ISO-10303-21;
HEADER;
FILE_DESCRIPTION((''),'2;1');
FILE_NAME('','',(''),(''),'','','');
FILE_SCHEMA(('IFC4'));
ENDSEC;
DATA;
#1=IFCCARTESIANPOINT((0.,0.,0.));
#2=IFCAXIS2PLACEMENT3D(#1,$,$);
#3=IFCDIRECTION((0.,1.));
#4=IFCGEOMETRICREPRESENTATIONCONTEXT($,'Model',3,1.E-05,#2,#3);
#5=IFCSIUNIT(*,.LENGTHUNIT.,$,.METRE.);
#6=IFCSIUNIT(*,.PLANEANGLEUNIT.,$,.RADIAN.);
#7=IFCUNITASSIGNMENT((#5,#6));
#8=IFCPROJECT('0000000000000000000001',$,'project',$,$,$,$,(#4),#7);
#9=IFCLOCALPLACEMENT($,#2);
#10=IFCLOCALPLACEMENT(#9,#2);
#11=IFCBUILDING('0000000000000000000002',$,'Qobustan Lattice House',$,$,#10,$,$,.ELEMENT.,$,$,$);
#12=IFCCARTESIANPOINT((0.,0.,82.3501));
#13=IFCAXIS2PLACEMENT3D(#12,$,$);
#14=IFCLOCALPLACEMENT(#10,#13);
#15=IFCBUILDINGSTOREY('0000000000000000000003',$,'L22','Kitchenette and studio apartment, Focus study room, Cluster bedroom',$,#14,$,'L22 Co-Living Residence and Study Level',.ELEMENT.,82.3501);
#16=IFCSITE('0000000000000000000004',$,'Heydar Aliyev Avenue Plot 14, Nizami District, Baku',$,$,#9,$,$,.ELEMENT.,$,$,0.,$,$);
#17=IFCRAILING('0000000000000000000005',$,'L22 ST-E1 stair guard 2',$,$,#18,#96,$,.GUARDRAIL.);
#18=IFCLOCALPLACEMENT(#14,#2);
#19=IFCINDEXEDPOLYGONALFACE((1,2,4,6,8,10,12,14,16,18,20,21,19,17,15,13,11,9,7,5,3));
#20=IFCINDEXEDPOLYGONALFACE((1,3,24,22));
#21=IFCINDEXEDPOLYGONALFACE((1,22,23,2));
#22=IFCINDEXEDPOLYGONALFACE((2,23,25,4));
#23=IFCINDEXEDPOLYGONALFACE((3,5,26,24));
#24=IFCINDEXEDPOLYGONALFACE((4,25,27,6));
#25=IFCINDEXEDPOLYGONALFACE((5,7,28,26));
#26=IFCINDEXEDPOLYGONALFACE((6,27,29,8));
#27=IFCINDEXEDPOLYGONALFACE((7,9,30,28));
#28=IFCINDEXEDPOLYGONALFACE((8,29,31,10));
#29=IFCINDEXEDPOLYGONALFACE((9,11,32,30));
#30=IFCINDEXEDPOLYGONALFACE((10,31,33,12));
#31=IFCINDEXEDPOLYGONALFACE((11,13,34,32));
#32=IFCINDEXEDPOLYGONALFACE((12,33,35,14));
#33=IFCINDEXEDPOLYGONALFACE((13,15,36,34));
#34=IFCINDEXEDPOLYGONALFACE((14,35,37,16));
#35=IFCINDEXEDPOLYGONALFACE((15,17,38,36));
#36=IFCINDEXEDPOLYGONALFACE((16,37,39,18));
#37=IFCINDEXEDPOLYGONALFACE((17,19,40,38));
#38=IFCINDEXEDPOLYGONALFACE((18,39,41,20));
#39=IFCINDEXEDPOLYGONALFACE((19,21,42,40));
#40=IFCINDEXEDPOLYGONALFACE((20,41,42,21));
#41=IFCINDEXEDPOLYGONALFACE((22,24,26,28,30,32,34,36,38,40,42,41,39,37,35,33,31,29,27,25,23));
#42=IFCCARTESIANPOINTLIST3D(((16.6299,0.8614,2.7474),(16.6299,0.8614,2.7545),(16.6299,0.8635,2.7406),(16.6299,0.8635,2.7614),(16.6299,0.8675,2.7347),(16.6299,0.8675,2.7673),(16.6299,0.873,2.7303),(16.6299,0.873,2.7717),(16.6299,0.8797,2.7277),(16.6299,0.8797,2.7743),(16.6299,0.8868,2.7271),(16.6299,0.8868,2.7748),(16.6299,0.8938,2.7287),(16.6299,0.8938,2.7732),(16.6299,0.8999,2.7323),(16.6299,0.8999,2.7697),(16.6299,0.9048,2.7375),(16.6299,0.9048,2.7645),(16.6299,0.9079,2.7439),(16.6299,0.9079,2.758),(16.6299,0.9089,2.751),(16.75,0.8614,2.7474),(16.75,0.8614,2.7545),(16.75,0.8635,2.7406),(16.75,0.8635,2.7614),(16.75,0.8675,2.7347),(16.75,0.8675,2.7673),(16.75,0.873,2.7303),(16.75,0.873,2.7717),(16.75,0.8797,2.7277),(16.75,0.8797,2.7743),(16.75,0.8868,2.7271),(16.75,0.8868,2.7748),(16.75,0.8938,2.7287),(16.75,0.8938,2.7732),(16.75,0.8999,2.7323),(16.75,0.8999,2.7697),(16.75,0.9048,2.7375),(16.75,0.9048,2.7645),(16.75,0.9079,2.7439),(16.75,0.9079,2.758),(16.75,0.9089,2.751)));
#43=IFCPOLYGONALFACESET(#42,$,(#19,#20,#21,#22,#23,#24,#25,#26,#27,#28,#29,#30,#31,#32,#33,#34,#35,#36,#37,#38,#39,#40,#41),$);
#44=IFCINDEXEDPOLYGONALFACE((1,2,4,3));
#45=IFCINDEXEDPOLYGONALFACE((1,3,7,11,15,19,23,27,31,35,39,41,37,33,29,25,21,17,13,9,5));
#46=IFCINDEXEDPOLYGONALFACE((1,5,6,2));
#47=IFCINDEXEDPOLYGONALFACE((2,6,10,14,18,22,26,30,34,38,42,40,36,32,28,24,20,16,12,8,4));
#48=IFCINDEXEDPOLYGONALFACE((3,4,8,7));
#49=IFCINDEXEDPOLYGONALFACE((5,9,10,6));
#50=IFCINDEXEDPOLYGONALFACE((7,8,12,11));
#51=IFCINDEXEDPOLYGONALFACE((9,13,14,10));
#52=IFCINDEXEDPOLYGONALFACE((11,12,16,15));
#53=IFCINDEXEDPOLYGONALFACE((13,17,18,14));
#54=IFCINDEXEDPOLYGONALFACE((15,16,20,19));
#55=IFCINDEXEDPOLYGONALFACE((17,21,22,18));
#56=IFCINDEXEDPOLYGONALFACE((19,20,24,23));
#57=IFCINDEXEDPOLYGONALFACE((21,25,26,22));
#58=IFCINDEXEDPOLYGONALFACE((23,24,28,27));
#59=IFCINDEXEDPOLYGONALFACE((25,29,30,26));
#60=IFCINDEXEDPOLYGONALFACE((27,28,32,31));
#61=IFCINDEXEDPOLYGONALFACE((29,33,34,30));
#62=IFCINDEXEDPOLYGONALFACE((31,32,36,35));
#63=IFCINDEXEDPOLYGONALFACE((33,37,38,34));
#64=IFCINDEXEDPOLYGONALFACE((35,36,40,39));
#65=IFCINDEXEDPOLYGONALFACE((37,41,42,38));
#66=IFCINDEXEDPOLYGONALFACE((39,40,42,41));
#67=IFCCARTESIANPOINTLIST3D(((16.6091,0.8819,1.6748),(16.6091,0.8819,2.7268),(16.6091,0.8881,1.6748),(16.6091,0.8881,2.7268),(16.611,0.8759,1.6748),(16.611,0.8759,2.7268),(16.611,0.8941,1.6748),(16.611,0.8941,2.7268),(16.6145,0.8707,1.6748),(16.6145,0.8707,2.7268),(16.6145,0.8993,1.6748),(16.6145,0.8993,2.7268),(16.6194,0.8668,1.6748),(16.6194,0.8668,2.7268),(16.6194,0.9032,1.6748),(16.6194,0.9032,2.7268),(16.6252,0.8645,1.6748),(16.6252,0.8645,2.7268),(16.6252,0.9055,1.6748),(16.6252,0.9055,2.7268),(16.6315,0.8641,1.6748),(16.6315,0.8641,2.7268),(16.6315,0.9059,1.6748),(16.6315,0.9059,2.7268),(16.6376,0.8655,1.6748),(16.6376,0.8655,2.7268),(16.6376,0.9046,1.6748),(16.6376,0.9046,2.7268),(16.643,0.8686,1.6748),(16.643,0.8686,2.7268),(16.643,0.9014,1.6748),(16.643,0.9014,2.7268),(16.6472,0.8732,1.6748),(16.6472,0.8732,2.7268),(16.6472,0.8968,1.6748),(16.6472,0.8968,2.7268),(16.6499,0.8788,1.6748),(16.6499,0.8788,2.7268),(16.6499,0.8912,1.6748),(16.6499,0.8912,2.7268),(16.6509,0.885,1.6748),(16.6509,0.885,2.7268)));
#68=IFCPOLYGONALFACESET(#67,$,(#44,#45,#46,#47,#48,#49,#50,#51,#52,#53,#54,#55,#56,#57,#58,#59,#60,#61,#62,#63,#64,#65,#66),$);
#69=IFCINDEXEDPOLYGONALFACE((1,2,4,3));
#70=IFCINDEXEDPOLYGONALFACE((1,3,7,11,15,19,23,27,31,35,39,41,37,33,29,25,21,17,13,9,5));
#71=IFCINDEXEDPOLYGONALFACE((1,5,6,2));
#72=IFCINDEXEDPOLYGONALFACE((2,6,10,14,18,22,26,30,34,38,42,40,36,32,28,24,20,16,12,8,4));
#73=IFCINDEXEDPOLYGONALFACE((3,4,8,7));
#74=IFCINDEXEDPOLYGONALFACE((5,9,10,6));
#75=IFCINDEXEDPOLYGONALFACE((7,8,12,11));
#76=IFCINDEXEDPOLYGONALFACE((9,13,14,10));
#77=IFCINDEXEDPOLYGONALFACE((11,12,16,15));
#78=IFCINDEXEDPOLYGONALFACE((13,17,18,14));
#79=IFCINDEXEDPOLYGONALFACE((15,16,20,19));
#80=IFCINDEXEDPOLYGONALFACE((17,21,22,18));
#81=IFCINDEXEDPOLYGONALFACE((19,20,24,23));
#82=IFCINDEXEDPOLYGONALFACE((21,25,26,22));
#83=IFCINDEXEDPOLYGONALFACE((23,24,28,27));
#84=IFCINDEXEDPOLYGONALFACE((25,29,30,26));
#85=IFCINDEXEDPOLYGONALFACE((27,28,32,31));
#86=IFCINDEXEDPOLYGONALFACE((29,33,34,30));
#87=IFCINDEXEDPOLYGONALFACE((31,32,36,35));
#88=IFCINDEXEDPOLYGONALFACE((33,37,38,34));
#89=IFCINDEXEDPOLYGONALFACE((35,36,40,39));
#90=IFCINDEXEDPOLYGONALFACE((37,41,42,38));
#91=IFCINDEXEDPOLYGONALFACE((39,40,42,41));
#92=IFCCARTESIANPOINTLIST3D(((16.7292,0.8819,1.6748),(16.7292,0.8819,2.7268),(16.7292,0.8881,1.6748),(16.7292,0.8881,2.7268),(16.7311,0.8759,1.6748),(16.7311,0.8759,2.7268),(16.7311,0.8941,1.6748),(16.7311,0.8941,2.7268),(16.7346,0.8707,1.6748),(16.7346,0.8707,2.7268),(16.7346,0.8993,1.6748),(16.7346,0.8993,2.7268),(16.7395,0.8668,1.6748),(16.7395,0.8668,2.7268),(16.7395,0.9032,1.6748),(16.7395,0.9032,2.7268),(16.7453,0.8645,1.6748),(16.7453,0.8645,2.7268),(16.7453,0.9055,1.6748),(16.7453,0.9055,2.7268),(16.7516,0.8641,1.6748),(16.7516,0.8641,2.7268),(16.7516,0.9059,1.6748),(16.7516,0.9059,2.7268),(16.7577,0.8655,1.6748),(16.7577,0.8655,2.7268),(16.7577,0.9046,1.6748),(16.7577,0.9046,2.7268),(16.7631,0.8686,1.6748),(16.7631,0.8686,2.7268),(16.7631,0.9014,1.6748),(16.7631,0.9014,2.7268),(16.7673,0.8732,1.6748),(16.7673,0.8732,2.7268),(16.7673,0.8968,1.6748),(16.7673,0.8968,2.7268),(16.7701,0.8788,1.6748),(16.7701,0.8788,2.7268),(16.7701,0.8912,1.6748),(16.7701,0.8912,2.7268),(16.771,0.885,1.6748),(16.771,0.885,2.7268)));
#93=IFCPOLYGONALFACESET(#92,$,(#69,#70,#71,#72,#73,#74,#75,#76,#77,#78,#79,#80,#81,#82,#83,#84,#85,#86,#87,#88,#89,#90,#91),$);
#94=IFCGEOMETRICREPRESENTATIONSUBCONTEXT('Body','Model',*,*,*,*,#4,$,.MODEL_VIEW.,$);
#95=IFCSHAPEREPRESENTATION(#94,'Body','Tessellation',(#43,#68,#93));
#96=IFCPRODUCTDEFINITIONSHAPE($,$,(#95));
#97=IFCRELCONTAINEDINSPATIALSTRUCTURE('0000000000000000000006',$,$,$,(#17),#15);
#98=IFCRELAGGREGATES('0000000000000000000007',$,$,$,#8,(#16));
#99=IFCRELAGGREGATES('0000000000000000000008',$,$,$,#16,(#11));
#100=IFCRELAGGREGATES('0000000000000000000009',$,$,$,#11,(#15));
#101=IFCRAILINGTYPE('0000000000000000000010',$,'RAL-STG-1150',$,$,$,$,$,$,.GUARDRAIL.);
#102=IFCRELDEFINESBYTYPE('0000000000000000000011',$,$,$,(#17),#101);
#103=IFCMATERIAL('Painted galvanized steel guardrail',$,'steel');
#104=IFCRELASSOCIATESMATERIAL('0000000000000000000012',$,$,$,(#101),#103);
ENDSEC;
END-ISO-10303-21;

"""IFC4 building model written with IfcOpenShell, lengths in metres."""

from ifc_helpers import new_model, si_unit, direction, frame, origin, origin_2d, place, context, subcontext, project, spatial, circle, extrude, material, type_object, element, save


model = new_model("IFC4")

# Units and contexts
model_context = context("Model", 3, precision=1e-05, world=origin(), true_north=direction((0.0, 1.0)))
body_context = subcontext(model_context, "Body", "Model", "MODEL_VIEW")
ifc_project = project(units=[si_unit("LENGTHUNIT", "METRE"), si_unit("PLANEANGLEUNIT", "RADIAN")], contexts=[model_context])

# Site, building, storey
site_placement = place(None, origin())
site = spatial("IfcSite", under=ifc_project, at=site_placement, Name="Heydar Aliyev Avenue Plot 14, Nizami District, Baku", CompositionType="ELEMENT", RefElevation=0.0)
building_placement = place(site_placement, origin())
building = spatial("IfcBuilding", under=site, at=building_placement, Name="Qobustan Lattice House", CompositionType="ELEMENT")
storey_placement = place(building_placement, frame((0.0, 0.0, 82.3501)))
storey = spatial("IfcBuildingStorey", under=building, at=storey_placement, Name="L22", Description="Kitchenette and studio apartment, Focus study room, Cluster bedroom", LongName="L22 Co-Living Residence and Study Level", CompositionType="ELEMENT", Elevation=82.3501)

# Railing
ifc_material_1 = material(Name="Painted galvanized steel guardrail", Category="steel")
railing_type = type_object("IfcRailingType", Name="RAL-STG-1150", PredefinedType="GUARDRAIL", material=ifc_material_1)
railing_placement = place(storey_placement, frame((16.6299, 0.885, 1.6748)))
element("IfcRailing", 1, at=railing_placement, inside=storey, type_object=railing_type, Name="L22 ST-E1 stair guard 2", PredefinedType="GUARDRAIL", context=body_context, shape_type="SweptSolid", body=[
    extrude(circle(Radius=0.0239, at=origin_2d()), frame((0.0, 0.0, 1.0762), z_axis=(1.0, 0.0, 0.0), x_axis=(0.0, 1.0, 0.0)), (0.0, 0.0, 1.0), 0.1201),
    extrude(circle(Radius=0.021, at=origin_2d()), origin(), (0.0, 0.0, 1.0), 1.052),
    extrude(circle(Radius=0.021, at=origin_2d()), frame((0.1201, 0.0, 0.0)), (0.0, 0.0, 1.0), 1.052),
])

save(model, "model.ifc")
